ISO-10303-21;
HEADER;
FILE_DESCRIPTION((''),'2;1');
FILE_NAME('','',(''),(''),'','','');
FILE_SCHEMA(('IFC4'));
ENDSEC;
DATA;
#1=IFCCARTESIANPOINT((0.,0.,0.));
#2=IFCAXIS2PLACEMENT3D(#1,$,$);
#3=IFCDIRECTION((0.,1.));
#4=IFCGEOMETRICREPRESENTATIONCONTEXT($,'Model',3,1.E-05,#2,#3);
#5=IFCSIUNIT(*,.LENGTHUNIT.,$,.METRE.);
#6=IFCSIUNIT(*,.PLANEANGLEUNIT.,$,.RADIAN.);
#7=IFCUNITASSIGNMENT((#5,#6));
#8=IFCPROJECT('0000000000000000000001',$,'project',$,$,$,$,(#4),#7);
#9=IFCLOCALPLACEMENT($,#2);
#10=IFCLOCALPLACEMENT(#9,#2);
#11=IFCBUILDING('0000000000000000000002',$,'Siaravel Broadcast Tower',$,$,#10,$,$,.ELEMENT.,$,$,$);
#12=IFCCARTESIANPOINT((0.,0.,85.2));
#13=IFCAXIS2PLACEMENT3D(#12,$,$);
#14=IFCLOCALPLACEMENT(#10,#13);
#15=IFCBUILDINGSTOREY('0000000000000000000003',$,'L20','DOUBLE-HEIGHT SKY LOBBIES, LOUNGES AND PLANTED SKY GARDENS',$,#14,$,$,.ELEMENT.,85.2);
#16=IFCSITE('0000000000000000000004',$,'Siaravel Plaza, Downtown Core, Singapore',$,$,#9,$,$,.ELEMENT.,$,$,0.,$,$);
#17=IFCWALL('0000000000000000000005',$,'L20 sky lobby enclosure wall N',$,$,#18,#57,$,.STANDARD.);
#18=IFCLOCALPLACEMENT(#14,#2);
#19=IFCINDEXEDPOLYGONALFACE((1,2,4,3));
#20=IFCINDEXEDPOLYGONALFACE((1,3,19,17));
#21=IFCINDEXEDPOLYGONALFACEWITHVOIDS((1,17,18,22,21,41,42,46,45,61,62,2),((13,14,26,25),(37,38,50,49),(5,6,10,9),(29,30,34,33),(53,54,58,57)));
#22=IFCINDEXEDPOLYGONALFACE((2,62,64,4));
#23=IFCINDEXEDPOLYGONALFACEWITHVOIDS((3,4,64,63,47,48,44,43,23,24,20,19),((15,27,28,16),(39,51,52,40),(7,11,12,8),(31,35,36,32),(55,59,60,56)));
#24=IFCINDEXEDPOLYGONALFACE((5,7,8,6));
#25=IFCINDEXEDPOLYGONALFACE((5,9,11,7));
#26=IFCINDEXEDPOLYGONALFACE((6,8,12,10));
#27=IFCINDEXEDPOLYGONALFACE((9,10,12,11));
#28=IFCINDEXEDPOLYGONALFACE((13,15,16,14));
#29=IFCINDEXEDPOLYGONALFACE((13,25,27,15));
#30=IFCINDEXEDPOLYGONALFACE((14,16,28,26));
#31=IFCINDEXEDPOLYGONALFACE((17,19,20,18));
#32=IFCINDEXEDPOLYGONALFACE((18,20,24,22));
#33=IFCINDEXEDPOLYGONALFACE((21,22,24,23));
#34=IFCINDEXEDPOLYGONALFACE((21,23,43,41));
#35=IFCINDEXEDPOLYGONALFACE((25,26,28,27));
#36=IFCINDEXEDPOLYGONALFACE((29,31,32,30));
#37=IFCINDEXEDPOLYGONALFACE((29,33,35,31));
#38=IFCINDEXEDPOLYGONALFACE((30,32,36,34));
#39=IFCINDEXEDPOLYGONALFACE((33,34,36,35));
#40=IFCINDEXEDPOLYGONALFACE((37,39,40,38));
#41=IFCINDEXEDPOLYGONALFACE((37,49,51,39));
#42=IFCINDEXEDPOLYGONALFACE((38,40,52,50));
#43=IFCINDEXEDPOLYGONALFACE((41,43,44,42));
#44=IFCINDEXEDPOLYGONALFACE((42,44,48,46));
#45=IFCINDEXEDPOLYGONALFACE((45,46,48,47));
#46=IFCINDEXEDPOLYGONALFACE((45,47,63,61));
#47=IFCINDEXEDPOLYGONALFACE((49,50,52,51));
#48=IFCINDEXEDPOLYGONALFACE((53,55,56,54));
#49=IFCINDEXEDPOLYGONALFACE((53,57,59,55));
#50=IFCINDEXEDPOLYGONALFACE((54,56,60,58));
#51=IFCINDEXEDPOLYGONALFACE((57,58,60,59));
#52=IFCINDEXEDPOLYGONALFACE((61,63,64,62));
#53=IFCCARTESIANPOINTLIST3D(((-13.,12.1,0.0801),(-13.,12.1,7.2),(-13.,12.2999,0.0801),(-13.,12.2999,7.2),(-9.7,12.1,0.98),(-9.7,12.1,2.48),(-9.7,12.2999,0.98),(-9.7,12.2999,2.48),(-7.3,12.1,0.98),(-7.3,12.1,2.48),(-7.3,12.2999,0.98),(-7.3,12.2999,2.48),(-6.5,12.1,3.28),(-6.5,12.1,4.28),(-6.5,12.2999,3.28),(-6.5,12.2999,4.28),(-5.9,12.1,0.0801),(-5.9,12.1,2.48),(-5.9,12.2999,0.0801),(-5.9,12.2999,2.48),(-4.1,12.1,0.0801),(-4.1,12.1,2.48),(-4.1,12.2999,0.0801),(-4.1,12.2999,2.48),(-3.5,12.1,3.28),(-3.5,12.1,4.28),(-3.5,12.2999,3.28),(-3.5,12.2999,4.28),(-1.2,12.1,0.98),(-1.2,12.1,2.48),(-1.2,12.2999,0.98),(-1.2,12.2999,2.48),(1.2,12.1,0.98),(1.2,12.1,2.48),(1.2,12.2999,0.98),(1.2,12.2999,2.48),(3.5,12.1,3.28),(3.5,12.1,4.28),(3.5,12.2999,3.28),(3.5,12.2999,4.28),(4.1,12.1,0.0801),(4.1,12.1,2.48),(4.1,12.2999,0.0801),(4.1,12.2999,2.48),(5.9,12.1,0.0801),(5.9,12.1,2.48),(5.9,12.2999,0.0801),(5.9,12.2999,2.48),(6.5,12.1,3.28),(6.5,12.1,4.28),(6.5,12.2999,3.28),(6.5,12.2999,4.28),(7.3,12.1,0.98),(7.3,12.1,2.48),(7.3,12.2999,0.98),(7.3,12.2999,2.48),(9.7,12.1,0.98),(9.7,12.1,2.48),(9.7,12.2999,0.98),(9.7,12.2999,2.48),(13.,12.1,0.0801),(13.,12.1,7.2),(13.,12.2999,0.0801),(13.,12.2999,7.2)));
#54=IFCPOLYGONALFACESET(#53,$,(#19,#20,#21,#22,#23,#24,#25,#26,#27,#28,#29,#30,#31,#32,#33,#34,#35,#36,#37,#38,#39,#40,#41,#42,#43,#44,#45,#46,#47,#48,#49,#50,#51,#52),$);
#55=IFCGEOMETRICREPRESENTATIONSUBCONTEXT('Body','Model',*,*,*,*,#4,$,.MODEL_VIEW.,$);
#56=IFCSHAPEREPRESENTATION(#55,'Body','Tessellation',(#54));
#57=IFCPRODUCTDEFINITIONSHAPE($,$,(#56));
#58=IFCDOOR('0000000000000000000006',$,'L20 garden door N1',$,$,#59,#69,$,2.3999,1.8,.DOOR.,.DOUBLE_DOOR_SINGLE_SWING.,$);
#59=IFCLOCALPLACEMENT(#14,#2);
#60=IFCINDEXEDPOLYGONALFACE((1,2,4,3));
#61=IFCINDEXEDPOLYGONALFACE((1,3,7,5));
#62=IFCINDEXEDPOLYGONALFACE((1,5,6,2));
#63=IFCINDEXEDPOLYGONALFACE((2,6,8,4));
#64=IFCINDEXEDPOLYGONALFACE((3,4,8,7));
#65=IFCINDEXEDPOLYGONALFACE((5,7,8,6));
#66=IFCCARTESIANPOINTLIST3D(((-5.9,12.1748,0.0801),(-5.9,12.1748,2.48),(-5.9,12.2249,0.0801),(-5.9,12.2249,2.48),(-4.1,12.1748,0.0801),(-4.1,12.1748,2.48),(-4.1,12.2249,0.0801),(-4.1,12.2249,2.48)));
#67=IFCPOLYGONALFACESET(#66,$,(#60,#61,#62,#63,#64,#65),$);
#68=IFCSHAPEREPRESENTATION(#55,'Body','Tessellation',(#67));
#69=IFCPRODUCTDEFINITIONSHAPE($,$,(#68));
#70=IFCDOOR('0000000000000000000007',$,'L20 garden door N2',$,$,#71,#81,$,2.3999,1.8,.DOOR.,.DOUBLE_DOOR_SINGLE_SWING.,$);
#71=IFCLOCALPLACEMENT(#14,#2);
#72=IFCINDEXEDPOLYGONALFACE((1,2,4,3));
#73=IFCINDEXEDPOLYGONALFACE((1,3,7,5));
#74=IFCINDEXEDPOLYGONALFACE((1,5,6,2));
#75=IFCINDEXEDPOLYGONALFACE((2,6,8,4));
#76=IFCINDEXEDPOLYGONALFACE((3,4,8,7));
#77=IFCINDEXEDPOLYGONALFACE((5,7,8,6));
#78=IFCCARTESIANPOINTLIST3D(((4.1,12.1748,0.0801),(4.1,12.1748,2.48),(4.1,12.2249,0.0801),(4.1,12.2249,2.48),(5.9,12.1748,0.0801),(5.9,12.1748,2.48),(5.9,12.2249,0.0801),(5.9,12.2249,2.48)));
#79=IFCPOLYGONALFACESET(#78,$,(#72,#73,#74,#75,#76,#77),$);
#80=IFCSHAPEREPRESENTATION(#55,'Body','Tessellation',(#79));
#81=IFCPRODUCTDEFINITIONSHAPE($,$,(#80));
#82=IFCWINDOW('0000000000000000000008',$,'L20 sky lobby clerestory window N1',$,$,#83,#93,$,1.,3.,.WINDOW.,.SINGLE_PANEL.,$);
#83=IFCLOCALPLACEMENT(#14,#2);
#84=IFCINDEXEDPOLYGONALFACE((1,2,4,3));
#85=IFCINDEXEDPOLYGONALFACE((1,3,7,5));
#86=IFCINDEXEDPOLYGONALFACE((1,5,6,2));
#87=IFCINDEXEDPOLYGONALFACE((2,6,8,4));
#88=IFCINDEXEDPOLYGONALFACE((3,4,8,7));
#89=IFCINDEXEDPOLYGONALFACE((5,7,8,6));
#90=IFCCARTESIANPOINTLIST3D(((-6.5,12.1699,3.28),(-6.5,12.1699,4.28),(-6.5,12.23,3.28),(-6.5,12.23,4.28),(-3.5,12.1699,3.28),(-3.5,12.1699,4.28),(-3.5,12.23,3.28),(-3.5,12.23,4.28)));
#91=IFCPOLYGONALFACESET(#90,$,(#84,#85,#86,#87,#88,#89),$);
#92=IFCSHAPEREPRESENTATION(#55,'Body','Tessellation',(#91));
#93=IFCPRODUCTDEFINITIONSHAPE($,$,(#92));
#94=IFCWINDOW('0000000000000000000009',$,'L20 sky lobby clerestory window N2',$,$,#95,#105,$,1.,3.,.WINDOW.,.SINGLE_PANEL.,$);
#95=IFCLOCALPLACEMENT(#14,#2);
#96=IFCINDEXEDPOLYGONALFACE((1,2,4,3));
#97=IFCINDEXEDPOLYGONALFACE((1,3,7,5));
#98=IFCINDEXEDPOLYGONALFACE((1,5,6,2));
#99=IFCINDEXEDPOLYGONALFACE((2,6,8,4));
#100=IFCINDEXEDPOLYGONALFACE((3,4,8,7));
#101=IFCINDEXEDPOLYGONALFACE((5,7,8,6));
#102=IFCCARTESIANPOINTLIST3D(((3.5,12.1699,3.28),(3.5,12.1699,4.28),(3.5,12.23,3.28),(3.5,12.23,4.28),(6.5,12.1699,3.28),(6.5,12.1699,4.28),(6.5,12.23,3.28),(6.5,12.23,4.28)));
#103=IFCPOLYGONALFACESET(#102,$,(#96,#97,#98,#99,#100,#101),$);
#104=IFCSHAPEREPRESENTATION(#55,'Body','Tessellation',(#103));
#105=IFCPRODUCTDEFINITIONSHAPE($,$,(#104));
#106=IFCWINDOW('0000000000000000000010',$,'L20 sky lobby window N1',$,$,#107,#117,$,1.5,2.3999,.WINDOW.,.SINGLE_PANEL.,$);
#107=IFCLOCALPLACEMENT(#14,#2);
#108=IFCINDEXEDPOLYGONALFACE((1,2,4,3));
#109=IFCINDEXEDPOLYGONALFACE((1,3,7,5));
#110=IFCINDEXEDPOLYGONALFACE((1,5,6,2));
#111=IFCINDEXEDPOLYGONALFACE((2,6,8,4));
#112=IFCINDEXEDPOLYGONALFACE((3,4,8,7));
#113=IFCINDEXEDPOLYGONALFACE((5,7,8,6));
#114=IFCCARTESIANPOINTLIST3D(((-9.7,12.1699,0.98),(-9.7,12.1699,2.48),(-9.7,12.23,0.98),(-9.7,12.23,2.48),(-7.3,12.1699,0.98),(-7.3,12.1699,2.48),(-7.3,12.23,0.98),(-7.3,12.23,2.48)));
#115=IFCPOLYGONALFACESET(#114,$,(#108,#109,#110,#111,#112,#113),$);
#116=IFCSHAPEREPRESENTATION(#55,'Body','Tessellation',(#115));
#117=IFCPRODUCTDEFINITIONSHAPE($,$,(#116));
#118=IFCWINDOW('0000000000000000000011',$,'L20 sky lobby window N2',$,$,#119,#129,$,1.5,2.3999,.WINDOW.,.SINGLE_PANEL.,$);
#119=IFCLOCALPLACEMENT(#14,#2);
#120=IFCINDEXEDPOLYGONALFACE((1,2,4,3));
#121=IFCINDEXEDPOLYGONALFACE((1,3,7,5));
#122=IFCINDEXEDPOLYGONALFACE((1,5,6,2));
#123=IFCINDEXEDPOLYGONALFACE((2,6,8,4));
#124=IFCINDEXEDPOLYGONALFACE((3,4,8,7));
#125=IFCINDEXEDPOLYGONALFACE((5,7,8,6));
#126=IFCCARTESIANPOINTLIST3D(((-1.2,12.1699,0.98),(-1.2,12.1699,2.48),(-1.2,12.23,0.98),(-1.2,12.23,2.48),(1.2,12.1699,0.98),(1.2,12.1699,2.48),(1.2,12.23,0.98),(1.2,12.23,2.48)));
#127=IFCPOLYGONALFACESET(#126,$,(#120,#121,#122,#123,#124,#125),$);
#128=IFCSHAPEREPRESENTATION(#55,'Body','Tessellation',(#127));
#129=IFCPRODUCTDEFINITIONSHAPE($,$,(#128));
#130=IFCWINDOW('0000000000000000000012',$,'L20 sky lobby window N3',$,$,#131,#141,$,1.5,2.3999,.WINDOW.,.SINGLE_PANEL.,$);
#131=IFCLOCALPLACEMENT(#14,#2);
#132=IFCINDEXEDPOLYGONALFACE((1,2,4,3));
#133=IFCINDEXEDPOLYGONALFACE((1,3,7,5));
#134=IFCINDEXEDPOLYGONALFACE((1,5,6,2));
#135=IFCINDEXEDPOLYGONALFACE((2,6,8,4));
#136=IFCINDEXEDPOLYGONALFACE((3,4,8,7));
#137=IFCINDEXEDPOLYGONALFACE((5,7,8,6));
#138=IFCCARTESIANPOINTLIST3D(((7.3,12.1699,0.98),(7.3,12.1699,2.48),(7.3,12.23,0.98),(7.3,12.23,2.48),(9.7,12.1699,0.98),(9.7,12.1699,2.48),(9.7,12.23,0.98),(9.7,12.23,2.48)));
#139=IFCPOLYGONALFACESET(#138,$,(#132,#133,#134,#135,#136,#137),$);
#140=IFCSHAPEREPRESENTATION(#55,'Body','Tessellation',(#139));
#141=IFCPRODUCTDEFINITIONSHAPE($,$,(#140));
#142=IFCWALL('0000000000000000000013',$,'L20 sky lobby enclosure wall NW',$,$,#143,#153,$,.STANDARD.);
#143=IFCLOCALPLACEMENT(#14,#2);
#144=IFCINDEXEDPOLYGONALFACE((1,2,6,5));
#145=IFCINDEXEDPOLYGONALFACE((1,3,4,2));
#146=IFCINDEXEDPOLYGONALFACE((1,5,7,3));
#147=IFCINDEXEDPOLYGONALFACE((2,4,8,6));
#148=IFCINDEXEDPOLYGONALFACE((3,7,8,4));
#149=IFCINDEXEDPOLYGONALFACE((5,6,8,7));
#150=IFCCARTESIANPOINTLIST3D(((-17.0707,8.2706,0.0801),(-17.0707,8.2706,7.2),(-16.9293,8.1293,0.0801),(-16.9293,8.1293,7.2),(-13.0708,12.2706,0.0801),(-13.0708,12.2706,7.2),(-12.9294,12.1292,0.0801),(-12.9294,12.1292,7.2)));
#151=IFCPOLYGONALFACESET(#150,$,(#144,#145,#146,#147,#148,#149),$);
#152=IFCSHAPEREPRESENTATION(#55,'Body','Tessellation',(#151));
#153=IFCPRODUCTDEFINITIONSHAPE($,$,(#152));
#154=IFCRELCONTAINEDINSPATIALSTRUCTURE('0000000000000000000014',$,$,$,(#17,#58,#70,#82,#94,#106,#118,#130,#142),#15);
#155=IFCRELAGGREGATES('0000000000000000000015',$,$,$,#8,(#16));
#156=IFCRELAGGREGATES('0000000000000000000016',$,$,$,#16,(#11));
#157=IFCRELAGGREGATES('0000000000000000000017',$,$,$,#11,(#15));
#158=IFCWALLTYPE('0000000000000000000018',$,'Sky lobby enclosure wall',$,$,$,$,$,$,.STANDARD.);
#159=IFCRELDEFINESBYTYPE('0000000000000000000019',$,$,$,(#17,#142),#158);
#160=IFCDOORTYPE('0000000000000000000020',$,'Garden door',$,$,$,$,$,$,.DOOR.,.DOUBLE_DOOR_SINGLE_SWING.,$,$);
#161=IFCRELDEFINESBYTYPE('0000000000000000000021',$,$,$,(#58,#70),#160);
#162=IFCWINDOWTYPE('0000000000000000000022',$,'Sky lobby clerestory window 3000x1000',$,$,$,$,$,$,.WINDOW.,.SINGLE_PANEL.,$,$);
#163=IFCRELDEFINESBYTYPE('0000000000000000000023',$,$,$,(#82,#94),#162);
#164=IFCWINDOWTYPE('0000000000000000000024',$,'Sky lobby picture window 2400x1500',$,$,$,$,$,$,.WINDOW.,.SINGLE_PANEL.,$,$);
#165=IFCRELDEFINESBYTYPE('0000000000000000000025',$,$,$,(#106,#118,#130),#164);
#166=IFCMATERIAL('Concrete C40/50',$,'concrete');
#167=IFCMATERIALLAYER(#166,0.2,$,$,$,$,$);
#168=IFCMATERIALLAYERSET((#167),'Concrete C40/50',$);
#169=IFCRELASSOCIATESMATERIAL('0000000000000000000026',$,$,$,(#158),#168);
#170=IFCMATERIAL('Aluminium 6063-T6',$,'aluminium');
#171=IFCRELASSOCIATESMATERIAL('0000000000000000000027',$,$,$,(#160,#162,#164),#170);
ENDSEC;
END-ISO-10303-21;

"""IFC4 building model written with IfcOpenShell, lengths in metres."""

from ifc_helpers import new_model, si_unit, direction, frame, frame_2d, origin, place, context, subcontext, project, spatial, rectangle, extrude, material, layer, layer_set, type_object, element, fill, save


model = new_model("IFC4")

# Units and contexts
model_context = context("Model", 3, precision=1e-05, world=origin(), true_north=direction((0.0, 1.0)))
body_context = subcontext(model_context, "Body", "Model", "MODEL_VIEW")
ifc_project = project(units=[si_unit("LENGTHUNIT", "METRE"), si_unit("PLANEANGLEUNIT", "RADIAN")], contexts=[model_context])

# Site, building, storey
site_placement = place(None, origin())
site = spatial("IfcSite", under=ifc_project, at=site_placement, Name="Siaravel Plaza, Downtown Core, Singapore", CompositionType="ELEMENT", RefElevation=0.0)
building_placement = place(site_placement, origin())
building = spatial("IfcBuilding", under=site, at=building_placement, Name="Siaravel Broadcast Tower", CompositionType="ELEMENT")
storey_placement = place(building_placement, frame((0.0, 0.0, 85.2)))
storey = spatial("IfcBuildingStorey", under=building, at=storey_placement, Name="L20", Description="DOUBLE-HEIGHT SKY LOBBIES, LOUNGES AND PLANTED SKY GARDENS", CompositionType="ELEMENT", Elevation=85.2)

# Wall, openings, doors, windows
ifc_material_1 = material(Name="Concrete C40/50", Category="concrete")
ifc_layer_1 = layer(ifc_material_1, 0.2)
ifc_layer_set_1 = layer_set([ifc_layer_1], Name="Concrete C40/50")
wall_type_1 = type_object("IfcWallType", Name="Sky lobby enclosure wall", PredefinedType="STANDARD", material=ifc_layer_set_1)
wall_1_placement = place(storey_placement, frame((-13.0, 12.2, 0.0801), z_axis=(0.0, 0.0, 1.0), x_axis=(1.0, 0.0, 0.0)))
wall_1 = element("IfcWall", 1, at=wall_1_placement, inside=storey, type_object=wall_type_1, Name="L20 sky lobby enclosure wall N", PredefinedType="STANDARD", context=body_context, shape_type="SweptSolid", body=[
    extrude(rectangle(XDim=26.0, YDim=0.2, at=frame_2d((13.0, 0.0))), origin(), (0.0, 0.0, 1.0), 7.1199),
])
opening_1_placement = place(wall_1_placement, frame((7.1001, 0.0, 0.0)))
opening_1 = element("IfcOpeningElement", 2, at=opening_1_placement, cuts=wall_1, PredefinedType="OPENING", context=body_context, shape_type="SweptSolid", body=[
    extrude(rectangle(XDim=1.8, YDim=2.3999, at=frame_2d((0.8999, 1.2))), frame((0.0, 0.1099, 0.0), z_axis=(0.0, -1.0, 0.0), x_axis=(1.0, 0.0, 0.0)), (0.0, 0.0, 1.0), 0.22),
])
opening_2_placement = place(wall_1_placement, frame((17.1001, 0.0, 0.0)))
opening_2 = element("IfcOpeningElement", 3, at=opening_2_placement, cuts=wall_1, PredefinedType="OPENING", context=body_context, shape_type="SweptSolid", body=[
    extrude(rectangle(XDim=1.8, YDim=2.3999, at=frame_2d((0.8999, 1.2))), frame((0.0, 0.1099, 0.0), z_axis=(0.0, -1.0, 0.0), x_axis=(1.0, 0.0, 0.0)), (0.0, 0.0, 1.0), 0.22),
])
opening_3_placement = place(wall_1_placement, frame((3.3, 0.0, 0.8999)))
opening_3 = element("IfcOpeningElement", 4, at=opening_3_placement, cuts=wall_1, PredefinedType="OPENING", context=body_context, shape_type="SweptSolid", body=[
    extrude(rectangle(XDim=2.3999, YDim=1.5, at=frame_2d((1.2, 0.75))), frame((0.0, 0.1099, 0.0), z_axis=(0.0, -1.0, 0.0), x_axis=(1.0, 0.0, 0.0)), (0.0, 0.0, 1.0), 0.22),
])
opening_4_placement = place(wall_1_placement, frame((11.8, 0.0, 0.8999)))
opening_4 = element("IfcOpeningElement", 5, at=opening_4_placement, cuts=wall_1, PredefinedType="OPENING", context=body_context, shape_type="SweptSolid", body=[
    extrude(rectangle(XDim=2.3999, YDim=1.5, at=frame_2d((1.2, 0.75))), frame((0.0, 0.1099, 0.0), z_axis=(0.0, -1.0, 0.0), x_axis=(1.0, 0.0, 0.0)), (0.0, 0.0, 1.0), 0.22),
])
opening_5_placement = place(wall_1_placement, frame((20.3, 0.0, 0.8999)))
opening_5 = element("IfcOpeningElement", 6, at=opening_5_placement, cuts=wall_1, PredefinedType="OPENING", context=body_context, shape_type="SweptSolid", body=[
    extrude(rectangle(XDim=2.3999, YDim=1.5, at=frame_2d((1.2, 0.75))), frame((0.0, 0.1099, 0.0), z_axis=(0.0, -1.0, 0.0), x_axis=(1.0, 0.0, 0.0)), (0.0, 0.0, 1.0), 0.22),
])
opening_6_placement = place(wall_1_placement, frame((6.5, 0.0, 3.2)))
opening_6 = element("IfcOpeningElement", 7, at=opening_6_placement, cuts=wall_1, PredefinedType="OPENING", context=body_context, shape_type="SweptSolid", body=[
    extrude(rectangle(XDim=3.0, YDim=1.0, at=frame_2d((1.5, 0.5))), frame((0.0, 0.1099, 0.0), z_axis=(0.0, -1.0, 0.0), x_axis=(1.0, 0.0, 0.0)), (0.0, 0.0, 1.0), 0.22),
])
opening_7_placement = place(wall_1_placement, frame((16.5, 0.0, 3.2)))
opening_7 = element("IfcOpeningElement", 8, at=opening_7_placement, cuts=wall_1, PredefinedType="OPENING", context=body_context, shape_type="SweptSolid", body=[
    extrude(rectangle(XDim=3.0, YDim=1.0, at=frame_2d((1.5, 0.5))), frame((0.0, 0.1099, 0.0), z_axis=(0.0, -1.0, 0.0), x_axis=(1.0, 0.0, 0.0)), (0.0, 0.0, 1.0), 0.22),
])
ifc_material_2 = material(Name="Aluminium 6063-T6", Category="aluminium")
door_type = type_object("IfcDoorType", Name="Garden door", OperationType="DOUBLE_DOOR_SINGLE_SWING", PredefinedType="DOOR", material=ifc_material_2)
door_1_placement = place(opening_1_placement, origin())
door_1 = element("IfcDoor", 9, at=door_1_placement, inside=storey, type_object=door_type, Name="L20 garden door N1", OperationType="DOUBLE_DOOR_SINGLE_SWING", OverallHeight=2.3999, OverallWidth=1.8, PredefinedType="DOOR", context=body_context, shape_type="SweptSolid", body=[
    extrude(rectangle(XDim=1.8, YDim=2.3999, at=frame_2d((0.8999, 1.2))), frame((0.0, 0.0249, 0.0), z_axis=(0.0, -1.0, 0.0), x_axis=(1.0, 0.0, 0.0)), (0.0, 0.0, 1.0), 0.05),
])
fill(opening_1, door_1)
door_2_placement = place(opening_2_placement, origin())
door_2 = element("IfcDoor", 10, at=door_2_placement, inside=storey, type_object=door_type, Name="L20 garden door N2", OperationType="DOUBLE_DOOR_SINGLE_SWING", OverallHeight=2.3999, OverallWidth=1.8, PredefinedType="DOOR", context=body_context, shape_type="SweptSolid", body=[
    extrude(rectangle(XDim=1.8, YDim=2.3999, at=frame_2d((0.8999, 1.2))), frame((0.0, 0.0249, 0.0), z_axis=(0.0, -1.0, 0.0), x_axis=(1.0, 0.0, 0.0)), (0.0, 0.0, 1.0), 0.05),
])
fill(opening_2, door_2)
window_type_1 = type_object("IfcWindowType", Name="Sky lobby clerestory window 3000x1000", PartitioningType="SINGLE_PANEL", PredefinedType="WINDOW", material=ifc_material_2)
window_1_placement = place(opening_6_placement, origin())
window_1 = element("IfcWindow", 11, at=window_1_placement, inside=storey, type_object=window_type_1, Name="L20 sky lobby clerestory window N1", OverallHeight=1.0, OverallWidth=3.0, PartitioningType="SINGLE_PANEL", PredefinedType="WINDOW", context=body_context, shape_type="SweptSolid", body=[
    extrude(rectangle(XDim=3.0, YDim=1.0, at=frame_2d((1.5, 0.5))), frame((0.0, 0.03, 0.0), z_axis=(0.0, -1.0, 0.0), x_axis=(1.0, 0.0, 0.0)), (0.0, 0.0, 1.0), 0.0601),
])
fill(opening_6, window_1)
window_2_placement = place(opening_7_placement, origin())
window_2 = element("IfcWindow", 12, at=window_2_placement, inside=storey, type_object=window_type_1, Name="L20 sky lobby clerestory window N2", OverallHeight=1.0, OverallWidth=3.0, PartitioningType="SINGLE_PANEL", PredefinedType="WINDOW", context=body_context, shape_type="SweptSolid", body=[
    extrude(rectangle(XDim=3.0, YDim=1.0, at=frame_2d((1.5, 0.5))), frame((0.0, 0.03, 0.0), z_axis=(0.0, -1.0, 0.0), x_axis=(1.0, 0.0, 0.0)), (0.0, 0.0, 1.0), 0.0601),
])
fill(opening_7, window_2)
window_type_2 = type_object("IfcWindowType", Name="Sky lobby picture window 2400x1500", PartitioningType="SINGLE_PANEL", PredefinedType="WINDOW", material=ifc_material_2)
window_3_placement = place(opening_3_placement, origin())
window_3 = element("IfcWindow", 13, at=window_3_placement, inside=storey, type_object=window_type_2, Name="L20 sky lobby window N1", OverallHeight=1.5, OverallWidth=2.3999, PartitioningType="SINGLE_PANEL", PredefinedType="WINDOW", context=body_context, shape_type="SweptSolid", body=[
    extrude(rectangle(XDim=2.3999, YDim=1.5, at=frame_2d((1.2, 0.75))), frame((0.0, 0.03, 0.0), z_axis=(0.0, -1.0, 0.0), x_axis=(1.0, 0.0, 0.0)), (0.0, 0.0, 1.0), 0.0601),
])
fill(opening_3, window_3)
window_4_placement = place(opening_4_placement, origin())
window_4 = element("IfcWindow", 14, at=window_4_placement, inside=storey, type_object=window_type_2, Name="L20 sky lobby window N2", OverallHeight=1.5, OverallWidth=2.3999, PartitioningType="SINGLE_PANEL", PredefinedType="WINDOW", context=body_context, shape_type="SweptSolid", body=[
    extrude(rectangle(XDim=2.3999, YDim=1.5, at=frame_2d((1.2, 0.75))), frame((0.0, 0.03, 0.0), z_axis=(0.0, -1.0, 0.0), x_axis=(1.0, 0.0, 0.0)), (0.0, 0.0, 1.0), 0.0601),
])
fill(opening_4, window_4)
window_5_placement = place(opening_5_placement, origin())
window_5 = element("IfcWindow", 15, at=window_5_placement, inside=storey, type_object=window_type_2, Name="L20 sky lobby window N3", OverallHeight=1.5, OverallWidth=2.3999, PartitioningType="SINGLE_PANEL", PredefinedType="WINDOW", context=body_context, shape_type="SweptSolid", body=[
    extrude(rectangle(XDim=2.3999, YDim=1.5, at=frame_2d((1.2, 0.75))), frame((0.0, 0.03, 0.0), z_axis=(0.0, -1.0, 0.0), x_axis=(1.0, 0.0, 0.0)), (0.0, 0.0, 1.0), 0.0601),
])
fill(opening_5, window_5)

# Wall
wall_2_placement = place(storey_placement, frame((-17.0, 8.2, 0.0801), z_axis=(0.0, 0.0, 1.0), x_axis=(0.707107, 0.707107, 0.0)))
element("IfcWall", 16, at=wall_2_placement, inside=storey, type_object=wall_type_1, Name="L20 sky lobby enclosure wall NW", PredefinedType="STANDARD", context=body_context, shape_type="SweptSolid", body=[
    extrude(rectangle(XDim=5.6567, YDim=0.2, at=frame_2d((2.8284, 0.0))), origin(), (0.0, 0.0, 1.0), 7.1199),
])

save(model, "model.ifc")
